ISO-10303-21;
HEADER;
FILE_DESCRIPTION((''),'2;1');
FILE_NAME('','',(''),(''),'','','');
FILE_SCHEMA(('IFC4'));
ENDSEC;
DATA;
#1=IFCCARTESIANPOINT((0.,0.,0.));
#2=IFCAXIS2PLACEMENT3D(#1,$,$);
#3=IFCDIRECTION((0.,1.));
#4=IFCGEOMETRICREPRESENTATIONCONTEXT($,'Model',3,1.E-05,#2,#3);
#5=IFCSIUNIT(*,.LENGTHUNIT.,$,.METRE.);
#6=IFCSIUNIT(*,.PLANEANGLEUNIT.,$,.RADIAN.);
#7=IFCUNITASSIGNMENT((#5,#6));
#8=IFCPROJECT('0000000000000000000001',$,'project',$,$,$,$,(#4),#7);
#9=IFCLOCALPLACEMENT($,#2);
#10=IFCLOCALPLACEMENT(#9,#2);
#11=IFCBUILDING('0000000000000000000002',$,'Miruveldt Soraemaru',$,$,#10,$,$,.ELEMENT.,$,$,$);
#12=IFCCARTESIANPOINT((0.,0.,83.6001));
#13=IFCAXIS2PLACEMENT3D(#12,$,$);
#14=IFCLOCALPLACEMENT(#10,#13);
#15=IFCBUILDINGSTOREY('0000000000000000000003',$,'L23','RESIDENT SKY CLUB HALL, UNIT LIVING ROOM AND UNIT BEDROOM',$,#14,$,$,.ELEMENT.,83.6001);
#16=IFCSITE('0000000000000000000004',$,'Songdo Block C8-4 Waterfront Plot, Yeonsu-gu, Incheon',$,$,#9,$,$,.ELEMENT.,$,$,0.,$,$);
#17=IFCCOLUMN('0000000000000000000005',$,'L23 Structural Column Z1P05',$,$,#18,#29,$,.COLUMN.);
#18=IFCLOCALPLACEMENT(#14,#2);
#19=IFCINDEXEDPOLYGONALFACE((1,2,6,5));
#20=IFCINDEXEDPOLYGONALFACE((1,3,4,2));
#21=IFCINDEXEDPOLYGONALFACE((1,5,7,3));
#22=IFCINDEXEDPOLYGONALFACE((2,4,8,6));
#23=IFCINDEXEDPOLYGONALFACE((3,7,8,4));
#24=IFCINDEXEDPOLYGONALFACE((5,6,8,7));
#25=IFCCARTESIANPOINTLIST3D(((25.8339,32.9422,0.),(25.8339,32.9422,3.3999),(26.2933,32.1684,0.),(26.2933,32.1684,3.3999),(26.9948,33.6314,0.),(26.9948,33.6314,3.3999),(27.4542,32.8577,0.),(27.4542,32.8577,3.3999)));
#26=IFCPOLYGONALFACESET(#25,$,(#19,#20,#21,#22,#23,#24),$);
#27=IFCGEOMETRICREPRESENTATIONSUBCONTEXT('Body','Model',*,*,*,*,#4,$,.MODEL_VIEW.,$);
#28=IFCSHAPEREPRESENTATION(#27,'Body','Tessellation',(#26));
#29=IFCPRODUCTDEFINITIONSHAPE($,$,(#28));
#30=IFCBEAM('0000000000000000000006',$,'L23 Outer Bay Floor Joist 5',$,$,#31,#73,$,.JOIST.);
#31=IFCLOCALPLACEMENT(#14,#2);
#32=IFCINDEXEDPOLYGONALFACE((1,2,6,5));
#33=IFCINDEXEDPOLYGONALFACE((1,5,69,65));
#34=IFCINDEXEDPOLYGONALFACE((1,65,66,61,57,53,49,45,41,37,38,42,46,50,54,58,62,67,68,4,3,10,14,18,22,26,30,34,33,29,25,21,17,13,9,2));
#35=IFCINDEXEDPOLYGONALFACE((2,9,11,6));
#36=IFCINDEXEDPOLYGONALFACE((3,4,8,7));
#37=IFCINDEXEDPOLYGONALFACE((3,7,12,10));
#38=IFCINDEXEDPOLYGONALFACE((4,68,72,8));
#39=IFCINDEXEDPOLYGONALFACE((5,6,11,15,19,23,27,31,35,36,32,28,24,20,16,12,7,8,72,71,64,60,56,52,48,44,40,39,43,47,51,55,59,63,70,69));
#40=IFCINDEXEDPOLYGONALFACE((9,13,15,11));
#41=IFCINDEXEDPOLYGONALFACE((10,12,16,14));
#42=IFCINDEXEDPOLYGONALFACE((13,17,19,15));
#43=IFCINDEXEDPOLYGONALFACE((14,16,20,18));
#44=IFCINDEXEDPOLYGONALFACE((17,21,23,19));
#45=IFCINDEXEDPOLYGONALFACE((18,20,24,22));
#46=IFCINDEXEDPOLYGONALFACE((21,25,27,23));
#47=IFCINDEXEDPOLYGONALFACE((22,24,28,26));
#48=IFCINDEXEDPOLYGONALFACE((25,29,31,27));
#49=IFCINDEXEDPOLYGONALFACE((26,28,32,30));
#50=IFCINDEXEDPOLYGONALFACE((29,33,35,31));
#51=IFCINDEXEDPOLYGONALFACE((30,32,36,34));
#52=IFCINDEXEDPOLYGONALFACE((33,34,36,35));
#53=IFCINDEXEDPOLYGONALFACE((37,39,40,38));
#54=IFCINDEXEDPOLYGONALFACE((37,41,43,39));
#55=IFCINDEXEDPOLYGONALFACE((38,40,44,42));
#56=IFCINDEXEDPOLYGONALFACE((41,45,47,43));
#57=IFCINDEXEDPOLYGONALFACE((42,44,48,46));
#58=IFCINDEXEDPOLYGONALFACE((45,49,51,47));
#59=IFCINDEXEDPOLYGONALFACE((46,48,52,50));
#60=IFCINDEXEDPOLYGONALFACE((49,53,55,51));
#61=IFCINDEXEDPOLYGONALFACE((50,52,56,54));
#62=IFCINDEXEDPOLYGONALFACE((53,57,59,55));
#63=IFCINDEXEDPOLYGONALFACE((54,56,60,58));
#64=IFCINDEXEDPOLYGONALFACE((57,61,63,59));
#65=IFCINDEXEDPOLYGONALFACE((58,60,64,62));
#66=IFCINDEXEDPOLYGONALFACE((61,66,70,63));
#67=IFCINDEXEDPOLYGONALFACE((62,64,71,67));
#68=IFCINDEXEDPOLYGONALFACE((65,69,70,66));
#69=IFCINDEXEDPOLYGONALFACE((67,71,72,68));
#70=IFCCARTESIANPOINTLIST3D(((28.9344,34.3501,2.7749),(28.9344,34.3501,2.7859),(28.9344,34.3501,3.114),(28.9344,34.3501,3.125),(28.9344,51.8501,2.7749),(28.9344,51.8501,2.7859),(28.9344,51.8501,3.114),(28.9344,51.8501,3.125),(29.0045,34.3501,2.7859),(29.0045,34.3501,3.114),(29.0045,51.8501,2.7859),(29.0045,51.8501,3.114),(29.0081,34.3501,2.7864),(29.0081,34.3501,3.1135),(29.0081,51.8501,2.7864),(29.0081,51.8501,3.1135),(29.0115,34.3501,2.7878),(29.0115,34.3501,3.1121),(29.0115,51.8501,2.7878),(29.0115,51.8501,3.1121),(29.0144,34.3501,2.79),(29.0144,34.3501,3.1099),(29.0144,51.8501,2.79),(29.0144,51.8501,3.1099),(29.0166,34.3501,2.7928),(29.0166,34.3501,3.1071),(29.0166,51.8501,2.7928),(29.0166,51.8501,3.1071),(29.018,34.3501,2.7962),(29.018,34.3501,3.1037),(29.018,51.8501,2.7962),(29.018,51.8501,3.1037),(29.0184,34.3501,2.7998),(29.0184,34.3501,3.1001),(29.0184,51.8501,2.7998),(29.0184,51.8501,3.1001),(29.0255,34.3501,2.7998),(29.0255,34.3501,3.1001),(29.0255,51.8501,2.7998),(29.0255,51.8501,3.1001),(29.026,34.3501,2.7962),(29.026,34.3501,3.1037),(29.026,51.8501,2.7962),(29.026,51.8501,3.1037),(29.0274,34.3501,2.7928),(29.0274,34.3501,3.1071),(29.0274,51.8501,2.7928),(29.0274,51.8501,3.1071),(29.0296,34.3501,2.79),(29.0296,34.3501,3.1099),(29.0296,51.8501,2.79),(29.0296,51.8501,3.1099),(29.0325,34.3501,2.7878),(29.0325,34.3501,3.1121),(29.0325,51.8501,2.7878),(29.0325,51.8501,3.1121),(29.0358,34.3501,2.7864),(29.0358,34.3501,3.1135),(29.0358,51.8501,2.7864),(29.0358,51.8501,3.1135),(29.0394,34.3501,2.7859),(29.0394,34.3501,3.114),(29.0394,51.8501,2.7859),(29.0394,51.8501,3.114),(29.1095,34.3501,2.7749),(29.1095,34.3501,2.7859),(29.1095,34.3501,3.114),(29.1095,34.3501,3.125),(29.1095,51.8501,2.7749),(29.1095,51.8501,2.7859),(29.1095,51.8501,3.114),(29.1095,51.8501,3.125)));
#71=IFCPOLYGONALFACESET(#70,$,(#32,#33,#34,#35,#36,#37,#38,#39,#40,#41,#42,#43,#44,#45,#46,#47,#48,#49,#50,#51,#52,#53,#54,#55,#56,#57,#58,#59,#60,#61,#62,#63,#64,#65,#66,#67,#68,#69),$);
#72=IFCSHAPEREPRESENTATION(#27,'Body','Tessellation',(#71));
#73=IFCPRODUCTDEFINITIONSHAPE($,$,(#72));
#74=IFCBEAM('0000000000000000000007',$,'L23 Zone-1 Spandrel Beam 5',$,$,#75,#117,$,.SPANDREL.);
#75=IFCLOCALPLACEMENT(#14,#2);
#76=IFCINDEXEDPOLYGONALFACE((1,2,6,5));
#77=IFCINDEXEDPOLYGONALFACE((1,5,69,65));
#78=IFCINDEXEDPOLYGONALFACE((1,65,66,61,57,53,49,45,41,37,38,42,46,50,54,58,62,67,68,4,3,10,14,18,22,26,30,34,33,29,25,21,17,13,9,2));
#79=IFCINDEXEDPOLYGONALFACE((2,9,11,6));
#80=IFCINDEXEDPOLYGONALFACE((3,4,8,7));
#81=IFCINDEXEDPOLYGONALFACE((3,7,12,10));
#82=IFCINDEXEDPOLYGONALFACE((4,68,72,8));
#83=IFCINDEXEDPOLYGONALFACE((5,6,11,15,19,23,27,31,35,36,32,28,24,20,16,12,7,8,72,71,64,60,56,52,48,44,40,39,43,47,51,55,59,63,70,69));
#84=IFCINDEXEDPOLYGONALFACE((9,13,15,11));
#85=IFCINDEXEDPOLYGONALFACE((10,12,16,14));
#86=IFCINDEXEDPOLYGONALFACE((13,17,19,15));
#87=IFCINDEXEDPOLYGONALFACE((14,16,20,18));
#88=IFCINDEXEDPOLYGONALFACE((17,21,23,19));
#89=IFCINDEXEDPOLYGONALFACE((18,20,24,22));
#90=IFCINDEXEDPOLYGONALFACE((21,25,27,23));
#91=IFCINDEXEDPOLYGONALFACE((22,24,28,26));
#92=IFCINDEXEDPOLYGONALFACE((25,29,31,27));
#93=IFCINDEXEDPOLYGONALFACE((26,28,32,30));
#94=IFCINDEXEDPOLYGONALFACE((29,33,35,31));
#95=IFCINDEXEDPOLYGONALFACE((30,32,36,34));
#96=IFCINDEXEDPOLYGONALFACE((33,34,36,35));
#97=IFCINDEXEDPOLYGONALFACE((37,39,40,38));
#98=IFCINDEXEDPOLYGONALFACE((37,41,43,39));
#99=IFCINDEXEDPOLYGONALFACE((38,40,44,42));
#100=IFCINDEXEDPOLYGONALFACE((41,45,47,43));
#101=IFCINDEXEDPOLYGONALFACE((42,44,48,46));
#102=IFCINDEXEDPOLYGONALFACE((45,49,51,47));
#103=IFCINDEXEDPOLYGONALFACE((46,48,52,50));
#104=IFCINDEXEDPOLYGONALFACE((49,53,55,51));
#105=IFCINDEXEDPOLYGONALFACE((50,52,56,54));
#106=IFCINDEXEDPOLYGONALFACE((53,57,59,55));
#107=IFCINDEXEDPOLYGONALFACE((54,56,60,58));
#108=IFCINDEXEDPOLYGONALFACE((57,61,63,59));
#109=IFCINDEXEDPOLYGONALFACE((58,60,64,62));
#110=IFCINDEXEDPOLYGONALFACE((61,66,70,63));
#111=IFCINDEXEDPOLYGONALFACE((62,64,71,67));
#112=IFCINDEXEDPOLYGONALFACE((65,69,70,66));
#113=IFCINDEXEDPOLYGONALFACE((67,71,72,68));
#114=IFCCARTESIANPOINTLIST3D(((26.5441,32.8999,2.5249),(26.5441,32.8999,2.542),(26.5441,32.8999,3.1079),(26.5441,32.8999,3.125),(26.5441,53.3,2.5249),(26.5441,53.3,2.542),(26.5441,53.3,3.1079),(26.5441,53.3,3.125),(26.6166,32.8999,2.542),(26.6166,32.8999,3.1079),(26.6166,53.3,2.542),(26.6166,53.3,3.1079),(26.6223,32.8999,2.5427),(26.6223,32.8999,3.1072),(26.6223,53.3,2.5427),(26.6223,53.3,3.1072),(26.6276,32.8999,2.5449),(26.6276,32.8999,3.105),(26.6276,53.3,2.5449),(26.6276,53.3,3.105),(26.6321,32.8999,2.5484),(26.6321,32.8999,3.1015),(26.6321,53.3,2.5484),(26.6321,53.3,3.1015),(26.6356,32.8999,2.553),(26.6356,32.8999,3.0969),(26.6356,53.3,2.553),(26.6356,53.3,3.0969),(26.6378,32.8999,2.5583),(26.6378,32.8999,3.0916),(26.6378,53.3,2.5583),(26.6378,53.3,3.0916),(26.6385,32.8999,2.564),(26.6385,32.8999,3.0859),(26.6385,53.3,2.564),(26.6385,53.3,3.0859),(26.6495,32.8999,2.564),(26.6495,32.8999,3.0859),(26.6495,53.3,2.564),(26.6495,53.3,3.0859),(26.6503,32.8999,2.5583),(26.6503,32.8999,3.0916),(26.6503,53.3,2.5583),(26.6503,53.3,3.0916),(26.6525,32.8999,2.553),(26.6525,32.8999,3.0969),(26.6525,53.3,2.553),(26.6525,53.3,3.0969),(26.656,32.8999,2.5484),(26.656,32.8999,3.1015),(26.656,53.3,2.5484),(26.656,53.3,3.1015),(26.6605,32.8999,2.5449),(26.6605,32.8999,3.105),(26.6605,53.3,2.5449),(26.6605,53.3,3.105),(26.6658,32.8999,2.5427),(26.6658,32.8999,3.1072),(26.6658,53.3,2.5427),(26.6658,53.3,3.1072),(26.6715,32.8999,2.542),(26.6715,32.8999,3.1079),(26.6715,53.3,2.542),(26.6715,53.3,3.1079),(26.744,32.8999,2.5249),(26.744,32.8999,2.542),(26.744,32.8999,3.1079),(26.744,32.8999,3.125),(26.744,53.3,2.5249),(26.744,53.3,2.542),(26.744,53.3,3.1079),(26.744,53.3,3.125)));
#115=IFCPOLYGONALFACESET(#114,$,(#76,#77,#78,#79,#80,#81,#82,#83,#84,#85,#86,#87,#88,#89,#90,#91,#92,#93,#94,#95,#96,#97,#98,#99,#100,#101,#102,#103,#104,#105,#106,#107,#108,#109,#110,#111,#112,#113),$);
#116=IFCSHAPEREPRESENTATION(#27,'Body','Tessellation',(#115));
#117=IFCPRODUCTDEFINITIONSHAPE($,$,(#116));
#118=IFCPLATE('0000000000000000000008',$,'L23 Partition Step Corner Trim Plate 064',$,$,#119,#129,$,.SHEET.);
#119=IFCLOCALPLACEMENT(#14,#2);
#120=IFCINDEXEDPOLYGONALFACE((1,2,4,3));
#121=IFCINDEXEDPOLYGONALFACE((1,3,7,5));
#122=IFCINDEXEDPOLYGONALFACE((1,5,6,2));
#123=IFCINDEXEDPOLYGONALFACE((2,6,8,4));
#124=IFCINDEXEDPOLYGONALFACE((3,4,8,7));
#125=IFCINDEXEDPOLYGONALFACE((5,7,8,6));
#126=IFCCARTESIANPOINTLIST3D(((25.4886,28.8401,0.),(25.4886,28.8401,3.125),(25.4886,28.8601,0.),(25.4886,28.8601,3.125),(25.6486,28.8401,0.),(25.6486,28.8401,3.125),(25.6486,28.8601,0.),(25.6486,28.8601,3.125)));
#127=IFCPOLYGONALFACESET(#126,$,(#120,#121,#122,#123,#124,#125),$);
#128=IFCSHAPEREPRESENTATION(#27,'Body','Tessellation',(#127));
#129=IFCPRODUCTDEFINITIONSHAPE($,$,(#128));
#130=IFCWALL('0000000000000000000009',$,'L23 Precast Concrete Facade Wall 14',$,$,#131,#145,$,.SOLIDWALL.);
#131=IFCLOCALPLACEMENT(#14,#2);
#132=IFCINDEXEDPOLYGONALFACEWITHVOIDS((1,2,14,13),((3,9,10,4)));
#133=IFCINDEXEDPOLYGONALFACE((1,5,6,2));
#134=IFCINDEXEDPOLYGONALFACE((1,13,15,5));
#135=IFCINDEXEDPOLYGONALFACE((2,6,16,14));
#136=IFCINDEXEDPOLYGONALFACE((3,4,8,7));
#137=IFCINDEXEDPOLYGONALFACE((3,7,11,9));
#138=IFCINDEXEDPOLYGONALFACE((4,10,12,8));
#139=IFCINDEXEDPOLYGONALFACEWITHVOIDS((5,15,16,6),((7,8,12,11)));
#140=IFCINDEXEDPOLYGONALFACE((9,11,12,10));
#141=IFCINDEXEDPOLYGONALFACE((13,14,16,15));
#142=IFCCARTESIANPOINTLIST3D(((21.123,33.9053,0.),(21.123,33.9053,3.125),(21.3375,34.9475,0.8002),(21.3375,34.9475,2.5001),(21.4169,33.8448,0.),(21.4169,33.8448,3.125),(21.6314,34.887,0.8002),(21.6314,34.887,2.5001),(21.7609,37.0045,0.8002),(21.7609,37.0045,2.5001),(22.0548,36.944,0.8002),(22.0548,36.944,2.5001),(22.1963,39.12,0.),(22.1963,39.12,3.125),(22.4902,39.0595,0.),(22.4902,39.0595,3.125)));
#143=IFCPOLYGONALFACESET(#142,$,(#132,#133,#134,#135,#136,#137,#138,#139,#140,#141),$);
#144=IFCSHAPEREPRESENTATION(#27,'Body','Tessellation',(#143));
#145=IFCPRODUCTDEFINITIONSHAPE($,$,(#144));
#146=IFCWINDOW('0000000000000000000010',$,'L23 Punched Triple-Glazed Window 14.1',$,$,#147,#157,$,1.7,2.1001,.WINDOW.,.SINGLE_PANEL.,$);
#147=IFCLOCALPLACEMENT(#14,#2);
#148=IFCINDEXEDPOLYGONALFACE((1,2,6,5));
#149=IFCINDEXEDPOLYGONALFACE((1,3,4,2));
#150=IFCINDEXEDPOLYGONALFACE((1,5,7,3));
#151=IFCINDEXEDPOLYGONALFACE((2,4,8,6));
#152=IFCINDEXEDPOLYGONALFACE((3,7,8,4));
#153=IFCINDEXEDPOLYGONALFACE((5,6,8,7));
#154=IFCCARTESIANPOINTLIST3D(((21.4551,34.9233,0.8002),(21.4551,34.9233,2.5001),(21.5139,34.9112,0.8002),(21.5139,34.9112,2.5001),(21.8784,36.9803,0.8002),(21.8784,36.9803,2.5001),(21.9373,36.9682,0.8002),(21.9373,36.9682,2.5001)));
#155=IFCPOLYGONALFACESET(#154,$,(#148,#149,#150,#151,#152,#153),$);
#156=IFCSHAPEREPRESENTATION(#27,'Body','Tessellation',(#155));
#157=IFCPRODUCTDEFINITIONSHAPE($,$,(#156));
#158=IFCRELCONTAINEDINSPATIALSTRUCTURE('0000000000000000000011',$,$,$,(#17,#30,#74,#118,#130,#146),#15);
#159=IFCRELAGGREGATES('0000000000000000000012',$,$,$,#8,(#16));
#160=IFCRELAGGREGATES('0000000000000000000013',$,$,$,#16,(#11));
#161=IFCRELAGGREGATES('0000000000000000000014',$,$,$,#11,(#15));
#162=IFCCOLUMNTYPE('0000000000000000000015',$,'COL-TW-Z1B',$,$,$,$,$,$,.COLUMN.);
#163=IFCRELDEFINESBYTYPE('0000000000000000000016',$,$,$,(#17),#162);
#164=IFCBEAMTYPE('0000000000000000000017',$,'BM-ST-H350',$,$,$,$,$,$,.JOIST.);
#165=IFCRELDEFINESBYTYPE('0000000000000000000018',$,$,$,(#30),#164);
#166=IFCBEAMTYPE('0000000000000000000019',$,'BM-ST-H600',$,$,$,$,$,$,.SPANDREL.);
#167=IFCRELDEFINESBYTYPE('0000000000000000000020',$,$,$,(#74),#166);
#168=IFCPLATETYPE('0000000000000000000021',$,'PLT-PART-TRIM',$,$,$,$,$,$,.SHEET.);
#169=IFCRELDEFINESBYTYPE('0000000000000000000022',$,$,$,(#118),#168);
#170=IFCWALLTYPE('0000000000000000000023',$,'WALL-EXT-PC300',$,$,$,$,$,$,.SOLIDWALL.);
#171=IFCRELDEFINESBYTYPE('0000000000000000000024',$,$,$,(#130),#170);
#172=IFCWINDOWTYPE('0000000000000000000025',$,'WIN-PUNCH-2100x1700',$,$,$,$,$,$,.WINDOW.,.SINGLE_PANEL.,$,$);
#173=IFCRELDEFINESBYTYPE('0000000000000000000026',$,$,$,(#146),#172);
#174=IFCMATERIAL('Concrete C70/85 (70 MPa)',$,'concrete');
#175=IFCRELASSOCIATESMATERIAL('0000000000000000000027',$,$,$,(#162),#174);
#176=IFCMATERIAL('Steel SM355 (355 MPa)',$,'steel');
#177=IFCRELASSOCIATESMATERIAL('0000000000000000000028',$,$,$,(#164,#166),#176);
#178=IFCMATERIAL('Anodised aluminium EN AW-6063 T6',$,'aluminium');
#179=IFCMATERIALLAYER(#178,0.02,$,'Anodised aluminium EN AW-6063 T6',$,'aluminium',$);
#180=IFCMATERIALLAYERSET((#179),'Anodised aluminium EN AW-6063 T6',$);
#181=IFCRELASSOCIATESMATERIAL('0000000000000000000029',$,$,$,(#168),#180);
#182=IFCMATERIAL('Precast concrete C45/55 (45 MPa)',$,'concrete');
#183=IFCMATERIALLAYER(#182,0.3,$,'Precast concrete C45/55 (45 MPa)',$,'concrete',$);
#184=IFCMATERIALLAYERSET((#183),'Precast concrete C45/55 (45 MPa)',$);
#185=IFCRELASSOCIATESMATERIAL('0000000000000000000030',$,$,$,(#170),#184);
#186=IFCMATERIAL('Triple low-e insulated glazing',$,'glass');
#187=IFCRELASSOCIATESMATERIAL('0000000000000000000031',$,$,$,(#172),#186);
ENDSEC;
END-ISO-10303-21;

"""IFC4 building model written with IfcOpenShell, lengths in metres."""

from ifc_helpers import new_model, si_unit, direction, frame, frame_2d, origin, origin_2d, place, context, subcontext, project, spatial, rectangle, i_section, extrude, material, layer, layer_set, material_profile, profile_set, type_object, element, fill, save


model = new_model("IFC4")

# Units and contexts
model_context = context("Model", 3, precision=1e-05, world=origin(), true_north=direction((0.0, 1.0)))
body_context = subcontext(model_context, "Body", "Model", "MODEL_VIEW")
ifc_project = project(units=[si_unit("LENGTHUNIT", "METRE"), si_unit("PLANEANGLEUNIT", "RADIAN")], contexts=[model_context])

# Site, building, storey
site_placement = place(None, origin())
site = spatial("IfcSite", under=ifc_project, at=site_placement, Name="Songdo Block C8-4 Waterfront Plot, Yeonsu-gu, Incheon", CompositionType="ELEMENT", RefElevation=0.0)
building_placement = place(site_placement, origin())
building = spatial("IfcBuilding", under=site, at=building_placement, Name="Miruveldt Soraemaru", CompositionType="ELEMENT")
storey_placement = place(building_placement, frame((0.0, 0.0, 83.6001)))
storey = spatial("IfcBuildingStorey", under=building, at=storey_placement, Name="L23", Description="RESIDENT SKY CLUB HALL, UNIT LIVING ROOM AND UNIT BEDROOM", CompositionType="ELEMENT", Elevation=83.6001)

# Column
ifc_material_1 = material(Name="Concrete C70/85 (70 MPa)", Category="concrete")
ifc_material_profile_1 = material_profile(ifc_material_1, rectangle(XDim=1.3501, YDim=0.8999, at=origin_2d()), Name="Concrete C70/85 (70 MPa)", Category="concrete")
ifc_profile_set_1 = profile_set([ifc_material_profile_1], Name="Concrete C70/85 (70 MPa)")
column_type = type_object("IfcColumnType", Name="COL-TW-Z1B", PredefinedType="COLUMN", material=ifc_profile_set_1)
column_placement = place(storey_placement, frame((26.644, 32.8999, 0.0), z_axis=(0.0, 0.0, 1.0), x_axis=(0.859852, 0.510543, 0.0)))
element("IfcColumn", 1, at=column_placement, inside=storey, type_object=column_type, Name="L23 Structural Column Z1P05", PredefinedType="COLUMN", context=body_context, shape_type="SweptSolid", body=[
    extrude(rectangle(XDim=1.3501, YDim=0.8999, at=origin_2d()), origin(), (0.0, 0.0, 1.0), 3.3999),
])

# Beams
ifc_material_2 = material(Name="Steel SM355 (355 MPa)", Category="steel")
ifc_material_profile_2 = material_profile(ifc_material_2, i_section(OverallWidth=0.175, OverallDepth=0.3501, WebThickness=0.0071, FlangeThickness=0.011, FilletRadius=0.0139, at=origin_2d()), Name="Steel SM355 (355 MPa)", Category="steel")
ifc_profile_set_2 = profile_set([ifc_material_profile_2], Name="Steel SM355 (355 MPa)")
beam_type_1 = type_object("IfcBeamType", Name="BM-ST-H350", PredefinedType="JOIST", material=ifc_profile_set_2)
beam_1_placement = place(storey_placement, frame((29.022, 34.3501, 2.95), z_axis=(0.0, 1.0, 0.0), x_axis=(-1.0, 0.0, 0.0)))
element("IfcBeam", 2, at=beam_1_placement, inside=storey, type_object=beam_type_1, Name="L23 Outer Bay Floor Joist 5", PredefinedType="JOIST", context=body_context, shape_type="SweptSolid", body=[
    extrude(i_section(OverallWidth=0.175, OverallDepth=0.3501, WebThickness=0.0071, FlangeThickness=0.011, FilletRadius=0.0139, at=origin_2d()), origin(), (0.0, 0.0, 1.0), 17.5),
])
ifc_material_profile_3 = material_profile(ifc_material_2, i_section(OverallWidth=0.2, OverallDepth=0.6001, WebThickness=0.011, FlangeThickness=0.0171, FilletRadius=0.022, at=origin_2d()), Name="Steel SM355 (355 MPa)", Category="steel")
ifc_profile_set_3 = profile_set([ifc_material_profile_3], Name="Steel SM355 (355 MPa)")
beam_type_2 = type_object("IfcBeamType", Name="BM-ST-H600", PredefinedType="SPANDREL", material=ifc_profile_set_3)
beam_2_placement = place(storey_placement, frame((26.644, 32.8999, 2.825), z_axis=(0.0, 1.0, 0.0), x_axis=(-1.0, 0.0, 0.0)))
element("IfcBeam", 3, at=beam_2_placement, inside=storey, type_object=beam_type_2, Name="L23 Zone-1 Spandrel Beam 5", PredefinedType="SPANDREL", context=body_context, shape_type="SweptSolid", body=[
    extrude(i_section(OverallWidth=0.2, OverallDepth=0.6001, WebThickness=0.011, FlangeThickness=0.0171, FilletRadius=0.022, at=origin_2d()), origin(), (0.0, 0.0, 1.0), 20.4001),
])

# Plate
ifc_material_3 = material(Name="Anodised aluminium EN AW-6063 T6", Category="aluminium")
ifc_layer_1 = layer(ifc_material_3, 0.02, Name="Anodised aluminium EN AW-6063 T6", Category="aluminium")
ifc_layer_set_1 = layer_set([ifc_layer_1], Name="Anodised aluminium EN AW-6063 T6")
plate_type = type_object("IfcPlateType", Name="PLT-PART-TRIM", PredefinedType="SHEET", material=ifc_layer_set_1)
plate_placement = place(storey_placement, frame((25.5686, 28.8501, 0.0), z_axis=(0.0, 0.0, 1.0), x_axis=(1.0, 0.0, 0.0)))
element("IfcPlate", 4, at=plate_placement, inside=storey, type_object=plate_type, Name="L23 Partition Step Corner Trim Plate 064", PredefinedType="SHEET", context=body_context, shape_type="SweptSolid", body=[
    extrude(rectangle(XDim=0.1599, YDim=0.02, at=origin_2d()), origin(), (0.0, 0.0, 1.0), 3.125),
])

# Wall, opening, window
ifc_material_4 = material(Name="Precast concrete C45/55 (45 MPa)", Category="concrete")
ifc_layer_2 = layer(ifc_material_4, 0.3, Name="Precast concrete C45/55 (45 MPa)", Category="concrete")
ifc_layer_set_2 = layer_set([ifc_layer_2], Name="Precast concrete C45/55 (45 MPa)")
wall_type_1 = type_object("IfcWallType", Name="WALL-EXT-PC300", PredefinedType="SOLIDWALL", material=ifc_layer_set_2)
wall_1_placement = place(storey_placement, frame((22.3433, 39.0898, 0.0), z_axis=(0.0, 0.0, 1.0), x_axis=(-0.20159, -0.97947, 0.0)))
wall_1 = element("IfcWall", 5, at=wall_1_placement, inside=storey, type_object=wall_type_1, Name="L23 Precast Concrete Facade Wall 14", PredefinedType="SOLIDWALL", context=body_context, shape_type="SweptSolid", body=[
    extrude(rectangle(XDim=5.324, YDim=0.3, at=frame_2d((2.6621, 0.0))), origin(), (0.0, 0.0, 1.0), 3.125),
])
opening_1_placement = place(wall_1_placement, frame((2.1599, 0.0, 0.8)))
opening_1 = element("IfcOpeningElement", 6, at=opening_1_placement, cuts=wall_1, PredefinedType="OPENING", context=body_context, shape_type="SweptSolid", body=[
    extrude(rectangle(XDim=2.1001, YDim=1.7, at=frame_2d((1.05, 0.8501))), frame((0.0, 0.1602, 0.0), z_axis=(0.0, -1.0, 0.0), x_axis=(1.0, 0.0, 0.0)), (0.0, 0.0, 1.0), 0.3201),
])
ifc_material_5 = material(Name="Triple low-e insulated glazing", Category="glass")
window_type_1 = type_object("IfcWindowType", Name="WIN-PUNCH-2100x1700", PartitioningType="SINGLE_PANEL", PredefinedType="WINDOW", material=ifc_material_5)
window_1_placement = place(opening_1_placement, origin())
window_1 = element("IfcWindow", 7, at=window_1_placement, inside=storey, type_object=window_type_1, Name="L23 Punched Triple-Glazed Window 14.1", OverallHeight=1.7, OverallWidth=2.1001, PartitioningType="SINGLE_PANEL", PredefinedType="WINDOW", context=body_context, shape_type="SweptSolid", body=[
    extrude(rectangle(XDim=2.1001, YDim=1.7, at=frame_2d((1.05, 0.8501))), frame((0.0, 0.03, 0.0), z_axis=(0.0, -1.0, 0.0), x_axis=(1.0, 0.0, 0.0)), (0.0, 0.0, 1.0), 0.0601),
])
fill(opening_1, window_1)

save(model, "model.ifc")
